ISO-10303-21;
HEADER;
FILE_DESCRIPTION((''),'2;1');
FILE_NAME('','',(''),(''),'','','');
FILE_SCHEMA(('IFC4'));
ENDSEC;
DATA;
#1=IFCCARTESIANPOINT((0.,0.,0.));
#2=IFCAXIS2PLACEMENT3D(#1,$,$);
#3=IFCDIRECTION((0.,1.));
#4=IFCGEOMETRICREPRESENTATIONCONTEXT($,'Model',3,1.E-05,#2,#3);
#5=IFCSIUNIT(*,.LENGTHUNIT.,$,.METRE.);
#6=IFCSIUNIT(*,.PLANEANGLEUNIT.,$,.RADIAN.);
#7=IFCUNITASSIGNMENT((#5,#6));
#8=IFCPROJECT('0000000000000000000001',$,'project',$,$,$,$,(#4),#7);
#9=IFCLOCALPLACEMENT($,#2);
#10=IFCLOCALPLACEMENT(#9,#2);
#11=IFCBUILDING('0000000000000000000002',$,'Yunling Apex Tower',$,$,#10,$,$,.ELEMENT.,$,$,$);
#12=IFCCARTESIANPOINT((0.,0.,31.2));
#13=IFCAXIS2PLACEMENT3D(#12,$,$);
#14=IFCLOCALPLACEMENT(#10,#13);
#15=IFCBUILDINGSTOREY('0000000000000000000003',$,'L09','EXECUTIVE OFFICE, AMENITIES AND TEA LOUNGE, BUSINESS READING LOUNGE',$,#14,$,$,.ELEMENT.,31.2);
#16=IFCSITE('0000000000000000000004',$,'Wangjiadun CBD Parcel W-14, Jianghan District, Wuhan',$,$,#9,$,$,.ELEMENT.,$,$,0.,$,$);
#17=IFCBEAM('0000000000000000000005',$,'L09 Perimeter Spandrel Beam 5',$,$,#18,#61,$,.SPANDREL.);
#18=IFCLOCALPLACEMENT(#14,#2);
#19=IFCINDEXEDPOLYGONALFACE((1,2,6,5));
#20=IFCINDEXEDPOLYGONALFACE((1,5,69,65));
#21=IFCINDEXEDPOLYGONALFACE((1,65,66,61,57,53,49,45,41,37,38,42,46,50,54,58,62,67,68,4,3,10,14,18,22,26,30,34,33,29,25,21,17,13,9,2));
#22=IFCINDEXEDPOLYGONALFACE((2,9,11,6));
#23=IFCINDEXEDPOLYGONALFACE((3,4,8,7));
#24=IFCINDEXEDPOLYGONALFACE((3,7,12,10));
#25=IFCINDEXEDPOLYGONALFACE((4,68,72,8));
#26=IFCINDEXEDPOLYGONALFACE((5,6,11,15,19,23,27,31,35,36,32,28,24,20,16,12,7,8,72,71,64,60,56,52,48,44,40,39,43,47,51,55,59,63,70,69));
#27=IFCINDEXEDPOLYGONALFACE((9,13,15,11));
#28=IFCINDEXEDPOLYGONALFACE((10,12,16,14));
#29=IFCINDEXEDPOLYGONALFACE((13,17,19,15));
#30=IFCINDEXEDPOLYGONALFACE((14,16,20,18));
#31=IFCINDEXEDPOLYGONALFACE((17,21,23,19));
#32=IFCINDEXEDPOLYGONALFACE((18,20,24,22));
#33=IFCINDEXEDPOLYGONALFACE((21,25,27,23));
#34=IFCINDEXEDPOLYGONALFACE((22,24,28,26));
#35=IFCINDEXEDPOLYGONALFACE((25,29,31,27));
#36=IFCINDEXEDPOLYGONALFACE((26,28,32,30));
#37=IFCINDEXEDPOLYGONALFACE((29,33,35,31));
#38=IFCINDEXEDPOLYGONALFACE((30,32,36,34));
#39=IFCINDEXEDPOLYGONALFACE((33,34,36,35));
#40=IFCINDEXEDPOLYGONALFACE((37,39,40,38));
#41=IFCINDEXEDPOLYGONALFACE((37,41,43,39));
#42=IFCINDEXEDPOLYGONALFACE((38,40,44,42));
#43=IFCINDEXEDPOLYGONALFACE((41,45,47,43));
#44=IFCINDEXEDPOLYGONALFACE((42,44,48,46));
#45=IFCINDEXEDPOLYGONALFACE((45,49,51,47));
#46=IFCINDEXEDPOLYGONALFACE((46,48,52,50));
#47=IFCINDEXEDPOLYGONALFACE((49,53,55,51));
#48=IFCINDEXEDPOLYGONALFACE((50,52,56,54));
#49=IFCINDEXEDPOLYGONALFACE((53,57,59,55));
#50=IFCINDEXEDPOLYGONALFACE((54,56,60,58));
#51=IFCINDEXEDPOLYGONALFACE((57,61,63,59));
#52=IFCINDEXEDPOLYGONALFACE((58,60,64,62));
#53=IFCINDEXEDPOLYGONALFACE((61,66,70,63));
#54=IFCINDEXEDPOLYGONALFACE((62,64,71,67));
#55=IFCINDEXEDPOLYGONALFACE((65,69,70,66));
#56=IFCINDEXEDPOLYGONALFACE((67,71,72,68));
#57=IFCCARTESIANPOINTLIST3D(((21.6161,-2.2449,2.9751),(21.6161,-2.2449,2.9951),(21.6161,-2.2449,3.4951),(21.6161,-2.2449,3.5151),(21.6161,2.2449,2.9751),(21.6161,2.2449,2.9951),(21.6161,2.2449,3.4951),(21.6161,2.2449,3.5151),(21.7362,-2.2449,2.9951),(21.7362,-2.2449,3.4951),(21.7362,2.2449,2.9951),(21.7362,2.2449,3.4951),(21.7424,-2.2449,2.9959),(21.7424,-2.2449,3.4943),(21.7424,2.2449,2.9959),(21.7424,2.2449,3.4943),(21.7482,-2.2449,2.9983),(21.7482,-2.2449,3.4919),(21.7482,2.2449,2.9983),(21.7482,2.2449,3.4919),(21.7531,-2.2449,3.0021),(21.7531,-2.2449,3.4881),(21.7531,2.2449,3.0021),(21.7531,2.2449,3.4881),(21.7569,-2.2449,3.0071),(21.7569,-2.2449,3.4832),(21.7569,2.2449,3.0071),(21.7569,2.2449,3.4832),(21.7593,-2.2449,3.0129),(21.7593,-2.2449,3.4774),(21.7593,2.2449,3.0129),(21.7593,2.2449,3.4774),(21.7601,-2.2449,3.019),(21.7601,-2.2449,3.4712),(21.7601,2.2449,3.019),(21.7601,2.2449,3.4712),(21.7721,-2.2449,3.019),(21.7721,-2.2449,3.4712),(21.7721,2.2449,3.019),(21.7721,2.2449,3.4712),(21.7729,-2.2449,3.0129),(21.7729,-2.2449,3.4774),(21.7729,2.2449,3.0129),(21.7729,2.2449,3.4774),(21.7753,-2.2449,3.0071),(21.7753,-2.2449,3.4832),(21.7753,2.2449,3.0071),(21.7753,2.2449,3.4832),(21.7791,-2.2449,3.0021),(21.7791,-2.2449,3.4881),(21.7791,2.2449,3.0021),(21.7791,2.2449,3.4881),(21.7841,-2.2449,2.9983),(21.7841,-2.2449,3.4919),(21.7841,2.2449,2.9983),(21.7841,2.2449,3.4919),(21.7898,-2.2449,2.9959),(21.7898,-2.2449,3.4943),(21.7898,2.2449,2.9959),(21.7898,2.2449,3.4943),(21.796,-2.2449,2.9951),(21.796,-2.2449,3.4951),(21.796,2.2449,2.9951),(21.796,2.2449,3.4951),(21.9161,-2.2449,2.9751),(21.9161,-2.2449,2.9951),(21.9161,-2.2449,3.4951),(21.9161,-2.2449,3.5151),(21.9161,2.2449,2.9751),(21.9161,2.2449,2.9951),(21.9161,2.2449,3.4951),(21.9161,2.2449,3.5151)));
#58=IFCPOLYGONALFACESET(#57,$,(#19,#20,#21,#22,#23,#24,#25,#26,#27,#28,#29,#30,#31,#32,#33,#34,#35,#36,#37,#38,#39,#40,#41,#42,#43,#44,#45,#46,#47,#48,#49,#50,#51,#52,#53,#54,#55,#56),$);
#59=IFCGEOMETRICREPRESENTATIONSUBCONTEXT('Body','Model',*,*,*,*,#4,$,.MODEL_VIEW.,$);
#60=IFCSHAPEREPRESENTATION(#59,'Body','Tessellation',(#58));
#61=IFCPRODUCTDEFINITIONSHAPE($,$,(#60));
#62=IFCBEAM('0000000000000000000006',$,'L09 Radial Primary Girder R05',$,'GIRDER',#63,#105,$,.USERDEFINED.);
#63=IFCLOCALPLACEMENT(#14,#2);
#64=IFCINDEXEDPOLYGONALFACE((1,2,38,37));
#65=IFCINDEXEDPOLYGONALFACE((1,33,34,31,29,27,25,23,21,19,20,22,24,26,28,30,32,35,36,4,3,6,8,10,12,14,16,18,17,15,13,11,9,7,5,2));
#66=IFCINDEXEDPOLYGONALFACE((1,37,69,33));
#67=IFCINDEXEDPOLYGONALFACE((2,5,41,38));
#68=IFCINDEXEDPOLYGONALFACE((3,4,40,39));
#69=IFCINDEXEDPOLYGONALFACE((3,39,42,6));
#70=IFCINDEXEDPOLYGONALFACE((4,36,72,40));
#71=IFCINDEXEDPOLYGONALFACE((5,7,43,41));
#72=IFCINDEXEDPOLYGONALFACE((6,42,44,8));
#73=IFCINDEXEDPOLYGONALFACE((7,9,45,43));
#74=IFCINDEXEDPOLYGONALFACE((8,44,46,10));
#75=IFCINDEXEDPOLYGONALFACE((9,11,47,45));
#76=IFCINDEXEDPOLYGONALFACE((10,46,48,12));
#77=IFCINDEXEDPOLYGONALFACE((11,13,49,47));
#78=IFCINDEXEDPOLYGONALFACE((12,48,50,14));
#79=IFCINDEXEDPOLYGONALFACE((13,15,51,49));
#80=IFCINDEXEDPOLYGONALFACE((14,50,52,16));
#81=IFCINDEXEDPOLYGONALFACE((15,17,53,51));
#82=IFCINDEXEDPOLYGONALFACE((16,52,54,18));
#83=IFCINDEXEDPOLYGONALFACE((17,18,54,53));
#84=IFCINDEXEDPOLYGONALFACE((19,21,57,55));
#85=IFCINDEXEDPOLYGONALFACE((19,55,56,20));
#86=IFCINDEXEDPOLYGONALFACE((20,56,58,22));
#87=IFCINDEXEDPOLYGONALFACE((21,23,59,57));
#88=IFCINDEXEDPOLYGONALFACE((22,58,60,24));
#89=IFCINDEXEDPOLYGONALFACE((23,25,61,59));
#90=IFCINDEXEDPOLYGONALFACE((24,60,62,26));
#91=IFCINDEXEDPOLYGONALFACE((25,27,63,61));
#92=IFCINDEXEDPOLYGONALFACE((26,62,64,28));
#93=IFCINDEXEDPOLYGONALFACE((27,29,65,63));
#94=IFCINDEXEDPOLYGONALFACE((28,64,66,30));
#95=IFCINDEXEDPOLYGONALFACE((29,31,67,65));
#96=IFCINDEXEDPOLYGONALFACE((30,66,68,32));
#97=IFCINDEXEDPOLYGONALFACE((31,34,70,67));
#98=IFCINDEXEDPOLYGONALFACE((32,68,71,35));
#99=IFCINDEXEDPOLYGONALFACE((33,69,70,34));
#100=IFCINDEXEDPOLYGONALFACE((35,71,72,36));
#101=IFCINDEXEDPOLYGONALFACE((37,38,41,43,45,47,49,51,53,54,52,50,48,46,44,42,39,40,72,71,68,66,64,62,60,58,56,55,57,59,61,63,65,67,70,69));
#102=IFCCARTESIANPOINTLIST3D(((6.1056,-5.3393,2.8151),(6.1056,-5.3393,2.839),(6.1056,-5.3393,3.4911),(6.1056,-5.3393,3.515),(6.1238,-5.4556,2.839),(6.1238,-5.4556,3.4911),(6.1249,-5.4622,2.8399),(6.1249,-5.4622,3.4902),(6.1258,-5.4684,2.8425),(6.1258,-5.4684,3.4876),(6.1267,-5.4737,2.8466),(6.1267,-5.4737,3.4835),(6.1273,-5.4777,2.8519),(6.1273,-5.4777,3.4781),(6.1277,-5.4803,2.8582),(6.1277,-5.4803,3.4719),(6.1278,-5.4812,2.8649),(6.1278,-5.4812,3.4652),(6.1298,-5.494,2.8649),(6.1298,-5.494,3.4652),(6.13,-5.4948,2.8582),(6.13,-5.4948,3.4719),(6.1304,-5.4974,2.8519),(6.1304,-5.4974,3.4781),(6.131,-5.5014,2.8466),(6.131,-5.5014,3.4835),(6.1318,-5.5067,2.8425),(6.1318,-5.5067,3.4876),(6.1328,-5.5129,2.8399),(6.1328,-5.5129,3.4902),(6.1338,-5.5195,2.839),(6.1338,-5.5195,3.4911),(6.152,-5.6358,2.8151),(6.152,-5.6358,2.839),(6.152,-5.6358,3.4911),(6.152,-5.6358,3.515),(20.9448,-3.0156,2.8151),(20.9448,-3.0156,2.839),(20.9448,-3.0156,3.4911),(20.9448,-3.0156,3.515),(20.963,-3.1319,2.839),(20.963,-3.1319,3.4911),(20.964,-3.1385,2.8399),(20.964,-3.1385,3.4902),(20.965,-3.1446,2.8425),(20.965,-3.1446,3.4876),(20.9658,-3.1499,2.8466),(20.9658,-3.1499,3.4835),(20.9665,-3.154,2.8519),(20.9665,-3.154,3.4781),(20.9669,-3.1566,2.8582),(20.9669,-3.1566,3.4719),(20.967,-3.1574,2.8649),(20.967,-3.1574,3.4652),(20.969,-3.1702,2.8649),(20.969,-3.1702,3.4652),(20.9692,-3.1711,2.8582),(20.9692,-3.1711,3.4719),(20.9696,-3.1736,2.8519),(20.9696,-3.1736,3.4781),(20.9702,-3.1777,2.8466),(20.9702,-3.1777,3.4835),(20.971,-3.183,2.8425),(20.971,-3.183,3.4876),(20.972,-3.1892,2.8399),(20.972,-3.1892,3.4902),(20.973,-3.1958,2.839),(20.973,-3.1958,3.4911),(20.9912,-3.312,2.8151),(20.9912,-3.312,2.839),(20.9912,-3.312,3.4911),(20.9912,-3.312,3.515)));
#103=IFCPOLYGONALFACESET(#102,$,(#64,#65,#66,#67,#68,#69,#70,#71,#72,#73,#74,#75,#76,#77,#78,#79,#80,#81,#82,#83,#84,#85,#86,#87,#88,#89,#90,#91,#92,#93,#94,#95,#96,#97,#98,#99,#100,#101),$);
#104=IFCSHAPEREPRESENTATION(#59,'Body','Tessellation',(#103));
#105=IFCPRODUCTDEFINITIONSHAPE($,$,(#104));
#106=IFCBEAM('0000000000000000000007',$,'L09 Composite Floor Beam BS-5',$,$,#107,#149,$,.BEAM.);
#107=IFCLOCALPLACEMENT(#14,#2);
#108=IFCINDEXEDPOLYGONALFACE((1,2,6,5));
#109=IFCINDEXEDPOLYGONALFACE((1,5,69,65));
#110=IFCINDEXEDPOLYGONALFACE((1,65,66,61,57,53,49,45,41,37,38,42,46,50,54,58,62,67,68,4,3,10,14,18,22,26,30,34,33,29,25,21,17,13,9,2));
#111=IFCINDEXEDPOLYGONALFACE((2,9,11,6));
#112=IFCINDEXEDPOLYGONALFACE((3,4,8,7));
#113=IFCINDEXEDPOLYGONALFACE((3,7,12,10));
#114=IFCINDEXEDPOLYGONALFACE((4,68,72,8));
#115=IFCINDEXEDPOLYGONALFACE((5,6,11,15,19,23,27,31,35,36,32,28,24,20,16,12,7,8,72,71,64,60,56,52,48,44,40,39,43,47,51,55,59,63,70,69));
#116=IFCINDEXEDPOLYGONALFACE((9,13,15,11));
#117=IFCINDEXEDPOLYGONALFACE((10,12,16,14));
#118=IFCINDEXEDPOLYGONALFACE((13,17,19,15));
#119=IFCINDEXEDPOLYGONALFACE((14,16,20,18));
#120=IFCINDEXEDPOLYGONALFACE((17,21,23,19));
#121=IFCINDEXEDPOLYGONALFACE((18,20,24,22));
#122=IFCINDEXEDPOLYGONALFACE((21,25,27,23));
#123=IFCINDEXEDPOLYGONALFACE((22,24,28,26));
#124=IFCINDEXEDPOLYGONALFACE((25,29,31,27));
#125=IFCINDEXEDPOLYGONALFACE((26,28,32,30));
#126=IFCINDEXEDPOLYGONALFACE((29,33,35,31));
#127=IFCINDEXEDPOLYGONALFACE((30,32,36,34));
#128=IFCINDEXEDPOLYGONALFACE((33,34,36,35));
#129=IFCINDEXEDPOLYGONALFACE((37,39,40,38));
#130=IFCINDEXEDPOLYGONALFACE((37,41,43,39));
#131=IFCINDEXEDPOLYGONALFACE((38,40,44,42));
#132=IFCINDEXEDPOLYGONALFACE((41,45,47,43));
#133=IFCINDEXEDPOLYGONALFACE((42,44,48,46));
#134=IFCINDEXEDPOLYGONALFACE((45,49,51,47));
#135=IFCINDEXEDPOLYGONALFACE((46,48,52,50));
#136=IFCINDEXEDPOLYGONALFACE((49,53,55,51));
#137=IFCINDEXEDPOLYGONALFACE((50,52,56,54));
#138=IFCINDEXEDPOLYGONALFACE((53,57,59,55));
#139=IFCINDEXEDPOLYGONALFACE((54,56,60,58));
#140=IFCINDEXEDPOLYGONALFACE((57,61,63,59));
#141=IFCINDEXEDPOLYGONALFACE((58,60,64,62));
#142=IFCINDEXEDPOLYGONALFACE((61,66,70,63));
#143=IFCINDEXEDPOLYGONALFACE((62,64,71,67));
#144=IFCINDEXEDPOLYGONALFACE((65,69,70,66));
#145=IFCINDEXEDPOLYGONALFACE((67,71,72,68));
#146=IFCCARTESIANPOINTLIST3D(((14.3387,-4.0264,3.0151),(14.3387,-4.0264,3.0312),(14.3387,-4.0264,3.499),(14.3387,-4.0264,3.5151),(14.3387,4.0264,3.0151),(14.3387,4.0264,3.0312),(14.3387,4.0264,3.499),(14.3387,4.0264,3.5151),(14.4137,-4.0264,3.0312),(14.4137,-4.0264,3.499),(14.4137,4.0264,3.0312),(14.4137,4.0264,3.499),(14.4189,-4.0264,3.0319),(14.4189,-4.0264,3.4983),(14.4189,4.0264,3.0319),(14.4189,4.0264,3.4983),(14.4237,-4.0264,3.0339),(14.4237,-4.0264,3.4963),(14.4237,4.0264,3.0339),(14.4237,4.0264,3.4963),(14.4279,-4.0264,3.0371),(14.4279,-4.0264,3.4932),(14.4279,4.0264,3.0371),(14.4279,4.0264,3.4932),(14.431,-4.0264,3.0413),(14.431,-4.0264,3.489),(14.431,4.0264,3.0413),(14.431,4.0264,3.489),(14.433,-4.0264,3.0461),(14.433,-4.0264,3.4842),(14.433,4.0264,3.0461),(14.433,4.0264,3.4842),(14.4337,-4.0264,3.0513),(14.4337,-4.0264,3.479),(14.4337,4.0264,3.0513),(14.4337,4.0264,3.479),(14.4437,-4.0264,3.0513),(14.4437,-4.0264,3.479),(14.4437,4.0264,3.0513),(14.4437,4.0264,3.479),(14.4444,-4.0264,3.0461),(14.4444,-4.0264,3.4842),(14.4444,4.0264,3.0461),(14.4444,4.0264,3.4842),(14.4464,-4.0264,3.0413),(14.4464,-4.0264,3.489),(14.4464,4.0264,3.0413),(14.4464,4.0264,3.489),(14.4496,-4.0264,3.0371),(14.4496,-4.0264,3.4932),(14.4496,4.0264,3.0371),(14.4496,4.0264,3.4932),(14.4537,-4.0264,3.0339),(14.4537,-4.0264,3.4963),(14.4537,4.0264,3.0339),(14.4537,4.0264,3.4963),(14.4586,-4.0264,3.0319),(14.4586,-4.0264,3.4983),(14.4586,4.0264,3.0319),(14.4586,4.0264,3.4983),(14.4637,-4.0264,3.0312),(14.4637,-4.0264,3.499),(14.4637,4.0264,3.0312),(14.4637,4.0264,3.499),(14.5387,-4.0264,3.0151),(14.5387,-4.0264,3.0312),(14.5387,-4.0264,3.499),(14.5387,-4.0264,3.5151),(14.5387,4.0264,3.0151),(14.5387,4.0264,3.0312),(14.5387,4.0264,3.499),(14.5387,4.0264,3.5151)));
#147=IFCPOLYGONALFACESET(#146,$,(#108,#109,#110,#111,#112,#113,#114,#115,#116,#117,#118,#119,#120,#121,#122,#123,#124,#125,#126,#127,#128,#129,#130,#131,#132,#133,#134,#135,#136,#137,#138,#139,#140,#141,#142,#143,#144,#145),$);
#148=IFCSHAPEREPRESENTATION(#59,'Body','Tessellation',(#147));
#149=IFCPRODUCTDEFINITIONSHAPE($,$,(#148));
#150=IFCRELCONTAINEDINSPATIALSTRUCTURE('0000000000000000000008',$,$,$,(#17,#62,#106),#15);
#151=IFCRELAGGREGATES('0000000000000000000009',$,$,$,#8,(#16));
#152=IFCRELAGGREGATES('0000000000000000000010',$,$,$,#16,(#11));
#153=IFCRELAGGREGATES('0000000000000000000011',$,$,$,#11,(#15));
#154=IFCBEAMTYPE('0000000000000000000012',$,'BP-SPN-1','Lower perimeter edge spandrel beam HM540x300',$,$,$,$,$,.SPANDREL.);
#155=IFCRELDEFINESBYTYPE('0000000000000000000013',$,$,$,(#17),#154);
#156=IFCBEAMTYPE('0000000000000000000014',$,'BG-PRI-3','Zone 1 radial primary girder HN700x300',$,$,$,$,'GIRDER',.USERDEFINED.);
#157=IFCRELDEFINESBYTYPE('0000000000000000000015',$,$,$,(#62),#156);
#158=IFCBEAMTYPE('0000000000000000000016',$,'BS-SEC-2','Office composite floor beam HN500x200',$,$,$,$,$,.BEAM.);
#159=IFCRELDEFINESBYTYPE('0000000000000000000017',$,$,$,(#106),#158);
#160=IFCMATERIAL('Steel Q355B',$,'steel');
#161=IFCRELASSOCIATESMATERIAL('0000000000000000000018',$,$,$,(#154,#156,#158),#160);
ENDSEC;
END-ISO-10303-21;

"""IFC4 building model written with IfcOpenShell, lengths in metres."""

from ifc_helpers import new_model, si_unit, direction, frame, origin, origin_2d, place, context, subcontext, project, spatial, i_section, extrude, source, transform, mapped, material, material_profile, profile_set, type_object, element, save


model = new_model("IFC4")

# Units and contexts
model_context = context("Model", 3, precision=1e-05, world=origin(), true_north=direction((0.0, 1.0)))
body_context = subcontext(model_context, "Body", "Model", "MODEL_VIEW")
ifc_project = project(units=[si_unit("LENGTHUNIT", "METRE"), si_unit("PLANEANGLEUNIT", "RADIAN")], contexts=[model_context])

# Site, building, storey
site_placement = place(None, origin())
site = spatial("IfcSite", under=ifc_project, at=site_placement, Name="Wangjiadun CBD Parcel W-14, Jianghan District, Wuhan", CompositionType="ELEMENT", RefElevation=0.0)
building_placement = place(site_placement, origin())
building = spatial("IfcBuilding", under=site, at=building_placement, Name="Yunling Apex Tower", CompositionType="ELEMENT")
storey_placement = place(building_placement, frame((0.0, 0.0, 31.2)))
storey = spatial("IfcBuildingStorey", under=building, at=storey_placement, Name="L09", Description="EXECUTIVE OFFICE, AMENITIES AND TEA LOUNGE, BUSINESS READING LOUNGE", CompositionType="ELEMENT", Elevation=31.2)

# Beams
ifc_material_1 = material(Name="Steel Q355B", Category="steel")
ifc_material_profile_1 = material_profile(ifc_material_1, i_section(OverallWidth=0.3, OverallDepth=0.54, WebThickness=0.012, FlangeThickness=0.02, FilletRadius=0.0239, at=origin_2d()))
ifc_profile_set_1 = profile_set([ifc_material_profile_1], Name="Steel Q355B")
beam_type_1 = type_object("IfcBeamType", Name="BP-SPN-1", Description="Lower perimeter edge spandrel beam HM540x300", PredefinedType="SPANDREL", material=ifc_profile_set_1)
shared_shape_1 = source(origin(), body_context, "Body", "SweptSolid", [
    extrude(i_section(OverallWidth=0.3, OverallDepth=0.54, WebThickness=0.012, FlangeThickness=0.02, FilletRadius=0.0239, at=origin_2d()), origin(), (0.0, 0.0, 1.0), 4.4897),
])
beam_1_placement = place(storey_placement, frame((21.7661, -2.2449, 3.2451), z_axis=(0.0, 1.0, 0.0), x_axis=(-1.0, 0.0, 0.0)))
element("IfcBeam", 1, at=beam_1_placement, inside=storey, type_object=beam_type_1, Name="L09 Perimeter Spandrel Beam 5", PredefinedType="SPANDREL", context=body_context, shape_type="MappedRepresentation", body=[
    mapped(shared_shape_1, transform((0.0, 0.0, 0.0), scale=1.0)),
])
ifc_material_profile_2 = material_profile(ifc_material_1, i_section(OverallWidth=0.3, OverallDepth=0.7, WebThickness=0.0129, FlangeThickness=0.0239, FilletRadius=0.0259, at=origin_2d()))
ifc_profile_set_2 = profile_set([ifc_material_profile_2], Name="Steel Q355B")
beam_type_2 = type_object("IfcBeamType", Name="BG-PRI-3", Description="Zone 1 radial primary girder HN700x300", ElementType="GIRDER", PredefinedType="USERDEFINED", material=ifc_profile_set_2)
shared_shape_2 = source(origin(), body_context, "Body", "SweptSolid", [
    extrude(i_section(OverallWidth=0.3, OverallDepth=0.7, WebThickness=0.0129, FlangeThickness=0.0239, FilletRadius=0.0259, at=origin_2d()), origin(), (0.0, 0.0, 1.0), 15.02),
])
beam_2_placement = place(storey_placement, frame((20.968, -3.1638, 3.165), z_axis=(-0.98796, -0.15471, 0.0), x_axis=(0.15471, -0.98796, 0.0)))
element("IfcBeam", 2, at=beam_2_placement, inside=storey, type_object=beam_type_2, Name="L09 Radial Primary Girder R05", ObjectType="GIRDER", PredefinedType="USERDEFINED", context=body_context, shape_type="MappedRepresentation", body=[
    mapped(shared_shape_2, transform((0.0, 0.0, 0.0), scale=1.0)),
])
ifc_material_profile_3 = material_profile(ifc_material_1, i_section(OverallWidth=0.2, OverallDepth=0.5, WebThickness=0.01, FlangeThickness=0.0161, FilletRadius=0.02, at=origin_2d()))
ifc_profile_set_3 = profile_set([ifc_material_profile_3], Name="Steel Q355B")
beam_type_3 = type_object("IfcBeamType", Name="BS-SEC-2", Description="Office composite floor beam HN500x200", PredefinedType="BEAM", material=ifc_profile_set_3)
shared_shape_3 = source(origin(), body_context, "Body", "SweptSolid", [
    extrude(i_section(OverallWidth=0.2, OverallDepth=0.5, WebThickness=0.01, FlangeThickness=0.0161, FilletRadius=0.02, at=origin_2d()), origin(), (0.0, 0.0, 1.0), 8.0527),
])
beam_3_placement = place(storey_placement, frame((14.4387, -4.0264, 3.2651), z_axis=(0.0, 1.0, 0.0), x_axis=(-1.0, 0.0, 0.0)))
element("IfcBeam", 3, at=beam_3_placement, inside=storey, type_object=beam_type_3, Name="L09 Composite Floor Beam BS-5", PredefinedType="BEAM", context=body_context, shape_type="MappedRepresentation", body=[
    mapped(shared_shape_3, transform((0.0, 0.0, 0.0), scale=1.0)),
])

save(model, "model.ifc")
